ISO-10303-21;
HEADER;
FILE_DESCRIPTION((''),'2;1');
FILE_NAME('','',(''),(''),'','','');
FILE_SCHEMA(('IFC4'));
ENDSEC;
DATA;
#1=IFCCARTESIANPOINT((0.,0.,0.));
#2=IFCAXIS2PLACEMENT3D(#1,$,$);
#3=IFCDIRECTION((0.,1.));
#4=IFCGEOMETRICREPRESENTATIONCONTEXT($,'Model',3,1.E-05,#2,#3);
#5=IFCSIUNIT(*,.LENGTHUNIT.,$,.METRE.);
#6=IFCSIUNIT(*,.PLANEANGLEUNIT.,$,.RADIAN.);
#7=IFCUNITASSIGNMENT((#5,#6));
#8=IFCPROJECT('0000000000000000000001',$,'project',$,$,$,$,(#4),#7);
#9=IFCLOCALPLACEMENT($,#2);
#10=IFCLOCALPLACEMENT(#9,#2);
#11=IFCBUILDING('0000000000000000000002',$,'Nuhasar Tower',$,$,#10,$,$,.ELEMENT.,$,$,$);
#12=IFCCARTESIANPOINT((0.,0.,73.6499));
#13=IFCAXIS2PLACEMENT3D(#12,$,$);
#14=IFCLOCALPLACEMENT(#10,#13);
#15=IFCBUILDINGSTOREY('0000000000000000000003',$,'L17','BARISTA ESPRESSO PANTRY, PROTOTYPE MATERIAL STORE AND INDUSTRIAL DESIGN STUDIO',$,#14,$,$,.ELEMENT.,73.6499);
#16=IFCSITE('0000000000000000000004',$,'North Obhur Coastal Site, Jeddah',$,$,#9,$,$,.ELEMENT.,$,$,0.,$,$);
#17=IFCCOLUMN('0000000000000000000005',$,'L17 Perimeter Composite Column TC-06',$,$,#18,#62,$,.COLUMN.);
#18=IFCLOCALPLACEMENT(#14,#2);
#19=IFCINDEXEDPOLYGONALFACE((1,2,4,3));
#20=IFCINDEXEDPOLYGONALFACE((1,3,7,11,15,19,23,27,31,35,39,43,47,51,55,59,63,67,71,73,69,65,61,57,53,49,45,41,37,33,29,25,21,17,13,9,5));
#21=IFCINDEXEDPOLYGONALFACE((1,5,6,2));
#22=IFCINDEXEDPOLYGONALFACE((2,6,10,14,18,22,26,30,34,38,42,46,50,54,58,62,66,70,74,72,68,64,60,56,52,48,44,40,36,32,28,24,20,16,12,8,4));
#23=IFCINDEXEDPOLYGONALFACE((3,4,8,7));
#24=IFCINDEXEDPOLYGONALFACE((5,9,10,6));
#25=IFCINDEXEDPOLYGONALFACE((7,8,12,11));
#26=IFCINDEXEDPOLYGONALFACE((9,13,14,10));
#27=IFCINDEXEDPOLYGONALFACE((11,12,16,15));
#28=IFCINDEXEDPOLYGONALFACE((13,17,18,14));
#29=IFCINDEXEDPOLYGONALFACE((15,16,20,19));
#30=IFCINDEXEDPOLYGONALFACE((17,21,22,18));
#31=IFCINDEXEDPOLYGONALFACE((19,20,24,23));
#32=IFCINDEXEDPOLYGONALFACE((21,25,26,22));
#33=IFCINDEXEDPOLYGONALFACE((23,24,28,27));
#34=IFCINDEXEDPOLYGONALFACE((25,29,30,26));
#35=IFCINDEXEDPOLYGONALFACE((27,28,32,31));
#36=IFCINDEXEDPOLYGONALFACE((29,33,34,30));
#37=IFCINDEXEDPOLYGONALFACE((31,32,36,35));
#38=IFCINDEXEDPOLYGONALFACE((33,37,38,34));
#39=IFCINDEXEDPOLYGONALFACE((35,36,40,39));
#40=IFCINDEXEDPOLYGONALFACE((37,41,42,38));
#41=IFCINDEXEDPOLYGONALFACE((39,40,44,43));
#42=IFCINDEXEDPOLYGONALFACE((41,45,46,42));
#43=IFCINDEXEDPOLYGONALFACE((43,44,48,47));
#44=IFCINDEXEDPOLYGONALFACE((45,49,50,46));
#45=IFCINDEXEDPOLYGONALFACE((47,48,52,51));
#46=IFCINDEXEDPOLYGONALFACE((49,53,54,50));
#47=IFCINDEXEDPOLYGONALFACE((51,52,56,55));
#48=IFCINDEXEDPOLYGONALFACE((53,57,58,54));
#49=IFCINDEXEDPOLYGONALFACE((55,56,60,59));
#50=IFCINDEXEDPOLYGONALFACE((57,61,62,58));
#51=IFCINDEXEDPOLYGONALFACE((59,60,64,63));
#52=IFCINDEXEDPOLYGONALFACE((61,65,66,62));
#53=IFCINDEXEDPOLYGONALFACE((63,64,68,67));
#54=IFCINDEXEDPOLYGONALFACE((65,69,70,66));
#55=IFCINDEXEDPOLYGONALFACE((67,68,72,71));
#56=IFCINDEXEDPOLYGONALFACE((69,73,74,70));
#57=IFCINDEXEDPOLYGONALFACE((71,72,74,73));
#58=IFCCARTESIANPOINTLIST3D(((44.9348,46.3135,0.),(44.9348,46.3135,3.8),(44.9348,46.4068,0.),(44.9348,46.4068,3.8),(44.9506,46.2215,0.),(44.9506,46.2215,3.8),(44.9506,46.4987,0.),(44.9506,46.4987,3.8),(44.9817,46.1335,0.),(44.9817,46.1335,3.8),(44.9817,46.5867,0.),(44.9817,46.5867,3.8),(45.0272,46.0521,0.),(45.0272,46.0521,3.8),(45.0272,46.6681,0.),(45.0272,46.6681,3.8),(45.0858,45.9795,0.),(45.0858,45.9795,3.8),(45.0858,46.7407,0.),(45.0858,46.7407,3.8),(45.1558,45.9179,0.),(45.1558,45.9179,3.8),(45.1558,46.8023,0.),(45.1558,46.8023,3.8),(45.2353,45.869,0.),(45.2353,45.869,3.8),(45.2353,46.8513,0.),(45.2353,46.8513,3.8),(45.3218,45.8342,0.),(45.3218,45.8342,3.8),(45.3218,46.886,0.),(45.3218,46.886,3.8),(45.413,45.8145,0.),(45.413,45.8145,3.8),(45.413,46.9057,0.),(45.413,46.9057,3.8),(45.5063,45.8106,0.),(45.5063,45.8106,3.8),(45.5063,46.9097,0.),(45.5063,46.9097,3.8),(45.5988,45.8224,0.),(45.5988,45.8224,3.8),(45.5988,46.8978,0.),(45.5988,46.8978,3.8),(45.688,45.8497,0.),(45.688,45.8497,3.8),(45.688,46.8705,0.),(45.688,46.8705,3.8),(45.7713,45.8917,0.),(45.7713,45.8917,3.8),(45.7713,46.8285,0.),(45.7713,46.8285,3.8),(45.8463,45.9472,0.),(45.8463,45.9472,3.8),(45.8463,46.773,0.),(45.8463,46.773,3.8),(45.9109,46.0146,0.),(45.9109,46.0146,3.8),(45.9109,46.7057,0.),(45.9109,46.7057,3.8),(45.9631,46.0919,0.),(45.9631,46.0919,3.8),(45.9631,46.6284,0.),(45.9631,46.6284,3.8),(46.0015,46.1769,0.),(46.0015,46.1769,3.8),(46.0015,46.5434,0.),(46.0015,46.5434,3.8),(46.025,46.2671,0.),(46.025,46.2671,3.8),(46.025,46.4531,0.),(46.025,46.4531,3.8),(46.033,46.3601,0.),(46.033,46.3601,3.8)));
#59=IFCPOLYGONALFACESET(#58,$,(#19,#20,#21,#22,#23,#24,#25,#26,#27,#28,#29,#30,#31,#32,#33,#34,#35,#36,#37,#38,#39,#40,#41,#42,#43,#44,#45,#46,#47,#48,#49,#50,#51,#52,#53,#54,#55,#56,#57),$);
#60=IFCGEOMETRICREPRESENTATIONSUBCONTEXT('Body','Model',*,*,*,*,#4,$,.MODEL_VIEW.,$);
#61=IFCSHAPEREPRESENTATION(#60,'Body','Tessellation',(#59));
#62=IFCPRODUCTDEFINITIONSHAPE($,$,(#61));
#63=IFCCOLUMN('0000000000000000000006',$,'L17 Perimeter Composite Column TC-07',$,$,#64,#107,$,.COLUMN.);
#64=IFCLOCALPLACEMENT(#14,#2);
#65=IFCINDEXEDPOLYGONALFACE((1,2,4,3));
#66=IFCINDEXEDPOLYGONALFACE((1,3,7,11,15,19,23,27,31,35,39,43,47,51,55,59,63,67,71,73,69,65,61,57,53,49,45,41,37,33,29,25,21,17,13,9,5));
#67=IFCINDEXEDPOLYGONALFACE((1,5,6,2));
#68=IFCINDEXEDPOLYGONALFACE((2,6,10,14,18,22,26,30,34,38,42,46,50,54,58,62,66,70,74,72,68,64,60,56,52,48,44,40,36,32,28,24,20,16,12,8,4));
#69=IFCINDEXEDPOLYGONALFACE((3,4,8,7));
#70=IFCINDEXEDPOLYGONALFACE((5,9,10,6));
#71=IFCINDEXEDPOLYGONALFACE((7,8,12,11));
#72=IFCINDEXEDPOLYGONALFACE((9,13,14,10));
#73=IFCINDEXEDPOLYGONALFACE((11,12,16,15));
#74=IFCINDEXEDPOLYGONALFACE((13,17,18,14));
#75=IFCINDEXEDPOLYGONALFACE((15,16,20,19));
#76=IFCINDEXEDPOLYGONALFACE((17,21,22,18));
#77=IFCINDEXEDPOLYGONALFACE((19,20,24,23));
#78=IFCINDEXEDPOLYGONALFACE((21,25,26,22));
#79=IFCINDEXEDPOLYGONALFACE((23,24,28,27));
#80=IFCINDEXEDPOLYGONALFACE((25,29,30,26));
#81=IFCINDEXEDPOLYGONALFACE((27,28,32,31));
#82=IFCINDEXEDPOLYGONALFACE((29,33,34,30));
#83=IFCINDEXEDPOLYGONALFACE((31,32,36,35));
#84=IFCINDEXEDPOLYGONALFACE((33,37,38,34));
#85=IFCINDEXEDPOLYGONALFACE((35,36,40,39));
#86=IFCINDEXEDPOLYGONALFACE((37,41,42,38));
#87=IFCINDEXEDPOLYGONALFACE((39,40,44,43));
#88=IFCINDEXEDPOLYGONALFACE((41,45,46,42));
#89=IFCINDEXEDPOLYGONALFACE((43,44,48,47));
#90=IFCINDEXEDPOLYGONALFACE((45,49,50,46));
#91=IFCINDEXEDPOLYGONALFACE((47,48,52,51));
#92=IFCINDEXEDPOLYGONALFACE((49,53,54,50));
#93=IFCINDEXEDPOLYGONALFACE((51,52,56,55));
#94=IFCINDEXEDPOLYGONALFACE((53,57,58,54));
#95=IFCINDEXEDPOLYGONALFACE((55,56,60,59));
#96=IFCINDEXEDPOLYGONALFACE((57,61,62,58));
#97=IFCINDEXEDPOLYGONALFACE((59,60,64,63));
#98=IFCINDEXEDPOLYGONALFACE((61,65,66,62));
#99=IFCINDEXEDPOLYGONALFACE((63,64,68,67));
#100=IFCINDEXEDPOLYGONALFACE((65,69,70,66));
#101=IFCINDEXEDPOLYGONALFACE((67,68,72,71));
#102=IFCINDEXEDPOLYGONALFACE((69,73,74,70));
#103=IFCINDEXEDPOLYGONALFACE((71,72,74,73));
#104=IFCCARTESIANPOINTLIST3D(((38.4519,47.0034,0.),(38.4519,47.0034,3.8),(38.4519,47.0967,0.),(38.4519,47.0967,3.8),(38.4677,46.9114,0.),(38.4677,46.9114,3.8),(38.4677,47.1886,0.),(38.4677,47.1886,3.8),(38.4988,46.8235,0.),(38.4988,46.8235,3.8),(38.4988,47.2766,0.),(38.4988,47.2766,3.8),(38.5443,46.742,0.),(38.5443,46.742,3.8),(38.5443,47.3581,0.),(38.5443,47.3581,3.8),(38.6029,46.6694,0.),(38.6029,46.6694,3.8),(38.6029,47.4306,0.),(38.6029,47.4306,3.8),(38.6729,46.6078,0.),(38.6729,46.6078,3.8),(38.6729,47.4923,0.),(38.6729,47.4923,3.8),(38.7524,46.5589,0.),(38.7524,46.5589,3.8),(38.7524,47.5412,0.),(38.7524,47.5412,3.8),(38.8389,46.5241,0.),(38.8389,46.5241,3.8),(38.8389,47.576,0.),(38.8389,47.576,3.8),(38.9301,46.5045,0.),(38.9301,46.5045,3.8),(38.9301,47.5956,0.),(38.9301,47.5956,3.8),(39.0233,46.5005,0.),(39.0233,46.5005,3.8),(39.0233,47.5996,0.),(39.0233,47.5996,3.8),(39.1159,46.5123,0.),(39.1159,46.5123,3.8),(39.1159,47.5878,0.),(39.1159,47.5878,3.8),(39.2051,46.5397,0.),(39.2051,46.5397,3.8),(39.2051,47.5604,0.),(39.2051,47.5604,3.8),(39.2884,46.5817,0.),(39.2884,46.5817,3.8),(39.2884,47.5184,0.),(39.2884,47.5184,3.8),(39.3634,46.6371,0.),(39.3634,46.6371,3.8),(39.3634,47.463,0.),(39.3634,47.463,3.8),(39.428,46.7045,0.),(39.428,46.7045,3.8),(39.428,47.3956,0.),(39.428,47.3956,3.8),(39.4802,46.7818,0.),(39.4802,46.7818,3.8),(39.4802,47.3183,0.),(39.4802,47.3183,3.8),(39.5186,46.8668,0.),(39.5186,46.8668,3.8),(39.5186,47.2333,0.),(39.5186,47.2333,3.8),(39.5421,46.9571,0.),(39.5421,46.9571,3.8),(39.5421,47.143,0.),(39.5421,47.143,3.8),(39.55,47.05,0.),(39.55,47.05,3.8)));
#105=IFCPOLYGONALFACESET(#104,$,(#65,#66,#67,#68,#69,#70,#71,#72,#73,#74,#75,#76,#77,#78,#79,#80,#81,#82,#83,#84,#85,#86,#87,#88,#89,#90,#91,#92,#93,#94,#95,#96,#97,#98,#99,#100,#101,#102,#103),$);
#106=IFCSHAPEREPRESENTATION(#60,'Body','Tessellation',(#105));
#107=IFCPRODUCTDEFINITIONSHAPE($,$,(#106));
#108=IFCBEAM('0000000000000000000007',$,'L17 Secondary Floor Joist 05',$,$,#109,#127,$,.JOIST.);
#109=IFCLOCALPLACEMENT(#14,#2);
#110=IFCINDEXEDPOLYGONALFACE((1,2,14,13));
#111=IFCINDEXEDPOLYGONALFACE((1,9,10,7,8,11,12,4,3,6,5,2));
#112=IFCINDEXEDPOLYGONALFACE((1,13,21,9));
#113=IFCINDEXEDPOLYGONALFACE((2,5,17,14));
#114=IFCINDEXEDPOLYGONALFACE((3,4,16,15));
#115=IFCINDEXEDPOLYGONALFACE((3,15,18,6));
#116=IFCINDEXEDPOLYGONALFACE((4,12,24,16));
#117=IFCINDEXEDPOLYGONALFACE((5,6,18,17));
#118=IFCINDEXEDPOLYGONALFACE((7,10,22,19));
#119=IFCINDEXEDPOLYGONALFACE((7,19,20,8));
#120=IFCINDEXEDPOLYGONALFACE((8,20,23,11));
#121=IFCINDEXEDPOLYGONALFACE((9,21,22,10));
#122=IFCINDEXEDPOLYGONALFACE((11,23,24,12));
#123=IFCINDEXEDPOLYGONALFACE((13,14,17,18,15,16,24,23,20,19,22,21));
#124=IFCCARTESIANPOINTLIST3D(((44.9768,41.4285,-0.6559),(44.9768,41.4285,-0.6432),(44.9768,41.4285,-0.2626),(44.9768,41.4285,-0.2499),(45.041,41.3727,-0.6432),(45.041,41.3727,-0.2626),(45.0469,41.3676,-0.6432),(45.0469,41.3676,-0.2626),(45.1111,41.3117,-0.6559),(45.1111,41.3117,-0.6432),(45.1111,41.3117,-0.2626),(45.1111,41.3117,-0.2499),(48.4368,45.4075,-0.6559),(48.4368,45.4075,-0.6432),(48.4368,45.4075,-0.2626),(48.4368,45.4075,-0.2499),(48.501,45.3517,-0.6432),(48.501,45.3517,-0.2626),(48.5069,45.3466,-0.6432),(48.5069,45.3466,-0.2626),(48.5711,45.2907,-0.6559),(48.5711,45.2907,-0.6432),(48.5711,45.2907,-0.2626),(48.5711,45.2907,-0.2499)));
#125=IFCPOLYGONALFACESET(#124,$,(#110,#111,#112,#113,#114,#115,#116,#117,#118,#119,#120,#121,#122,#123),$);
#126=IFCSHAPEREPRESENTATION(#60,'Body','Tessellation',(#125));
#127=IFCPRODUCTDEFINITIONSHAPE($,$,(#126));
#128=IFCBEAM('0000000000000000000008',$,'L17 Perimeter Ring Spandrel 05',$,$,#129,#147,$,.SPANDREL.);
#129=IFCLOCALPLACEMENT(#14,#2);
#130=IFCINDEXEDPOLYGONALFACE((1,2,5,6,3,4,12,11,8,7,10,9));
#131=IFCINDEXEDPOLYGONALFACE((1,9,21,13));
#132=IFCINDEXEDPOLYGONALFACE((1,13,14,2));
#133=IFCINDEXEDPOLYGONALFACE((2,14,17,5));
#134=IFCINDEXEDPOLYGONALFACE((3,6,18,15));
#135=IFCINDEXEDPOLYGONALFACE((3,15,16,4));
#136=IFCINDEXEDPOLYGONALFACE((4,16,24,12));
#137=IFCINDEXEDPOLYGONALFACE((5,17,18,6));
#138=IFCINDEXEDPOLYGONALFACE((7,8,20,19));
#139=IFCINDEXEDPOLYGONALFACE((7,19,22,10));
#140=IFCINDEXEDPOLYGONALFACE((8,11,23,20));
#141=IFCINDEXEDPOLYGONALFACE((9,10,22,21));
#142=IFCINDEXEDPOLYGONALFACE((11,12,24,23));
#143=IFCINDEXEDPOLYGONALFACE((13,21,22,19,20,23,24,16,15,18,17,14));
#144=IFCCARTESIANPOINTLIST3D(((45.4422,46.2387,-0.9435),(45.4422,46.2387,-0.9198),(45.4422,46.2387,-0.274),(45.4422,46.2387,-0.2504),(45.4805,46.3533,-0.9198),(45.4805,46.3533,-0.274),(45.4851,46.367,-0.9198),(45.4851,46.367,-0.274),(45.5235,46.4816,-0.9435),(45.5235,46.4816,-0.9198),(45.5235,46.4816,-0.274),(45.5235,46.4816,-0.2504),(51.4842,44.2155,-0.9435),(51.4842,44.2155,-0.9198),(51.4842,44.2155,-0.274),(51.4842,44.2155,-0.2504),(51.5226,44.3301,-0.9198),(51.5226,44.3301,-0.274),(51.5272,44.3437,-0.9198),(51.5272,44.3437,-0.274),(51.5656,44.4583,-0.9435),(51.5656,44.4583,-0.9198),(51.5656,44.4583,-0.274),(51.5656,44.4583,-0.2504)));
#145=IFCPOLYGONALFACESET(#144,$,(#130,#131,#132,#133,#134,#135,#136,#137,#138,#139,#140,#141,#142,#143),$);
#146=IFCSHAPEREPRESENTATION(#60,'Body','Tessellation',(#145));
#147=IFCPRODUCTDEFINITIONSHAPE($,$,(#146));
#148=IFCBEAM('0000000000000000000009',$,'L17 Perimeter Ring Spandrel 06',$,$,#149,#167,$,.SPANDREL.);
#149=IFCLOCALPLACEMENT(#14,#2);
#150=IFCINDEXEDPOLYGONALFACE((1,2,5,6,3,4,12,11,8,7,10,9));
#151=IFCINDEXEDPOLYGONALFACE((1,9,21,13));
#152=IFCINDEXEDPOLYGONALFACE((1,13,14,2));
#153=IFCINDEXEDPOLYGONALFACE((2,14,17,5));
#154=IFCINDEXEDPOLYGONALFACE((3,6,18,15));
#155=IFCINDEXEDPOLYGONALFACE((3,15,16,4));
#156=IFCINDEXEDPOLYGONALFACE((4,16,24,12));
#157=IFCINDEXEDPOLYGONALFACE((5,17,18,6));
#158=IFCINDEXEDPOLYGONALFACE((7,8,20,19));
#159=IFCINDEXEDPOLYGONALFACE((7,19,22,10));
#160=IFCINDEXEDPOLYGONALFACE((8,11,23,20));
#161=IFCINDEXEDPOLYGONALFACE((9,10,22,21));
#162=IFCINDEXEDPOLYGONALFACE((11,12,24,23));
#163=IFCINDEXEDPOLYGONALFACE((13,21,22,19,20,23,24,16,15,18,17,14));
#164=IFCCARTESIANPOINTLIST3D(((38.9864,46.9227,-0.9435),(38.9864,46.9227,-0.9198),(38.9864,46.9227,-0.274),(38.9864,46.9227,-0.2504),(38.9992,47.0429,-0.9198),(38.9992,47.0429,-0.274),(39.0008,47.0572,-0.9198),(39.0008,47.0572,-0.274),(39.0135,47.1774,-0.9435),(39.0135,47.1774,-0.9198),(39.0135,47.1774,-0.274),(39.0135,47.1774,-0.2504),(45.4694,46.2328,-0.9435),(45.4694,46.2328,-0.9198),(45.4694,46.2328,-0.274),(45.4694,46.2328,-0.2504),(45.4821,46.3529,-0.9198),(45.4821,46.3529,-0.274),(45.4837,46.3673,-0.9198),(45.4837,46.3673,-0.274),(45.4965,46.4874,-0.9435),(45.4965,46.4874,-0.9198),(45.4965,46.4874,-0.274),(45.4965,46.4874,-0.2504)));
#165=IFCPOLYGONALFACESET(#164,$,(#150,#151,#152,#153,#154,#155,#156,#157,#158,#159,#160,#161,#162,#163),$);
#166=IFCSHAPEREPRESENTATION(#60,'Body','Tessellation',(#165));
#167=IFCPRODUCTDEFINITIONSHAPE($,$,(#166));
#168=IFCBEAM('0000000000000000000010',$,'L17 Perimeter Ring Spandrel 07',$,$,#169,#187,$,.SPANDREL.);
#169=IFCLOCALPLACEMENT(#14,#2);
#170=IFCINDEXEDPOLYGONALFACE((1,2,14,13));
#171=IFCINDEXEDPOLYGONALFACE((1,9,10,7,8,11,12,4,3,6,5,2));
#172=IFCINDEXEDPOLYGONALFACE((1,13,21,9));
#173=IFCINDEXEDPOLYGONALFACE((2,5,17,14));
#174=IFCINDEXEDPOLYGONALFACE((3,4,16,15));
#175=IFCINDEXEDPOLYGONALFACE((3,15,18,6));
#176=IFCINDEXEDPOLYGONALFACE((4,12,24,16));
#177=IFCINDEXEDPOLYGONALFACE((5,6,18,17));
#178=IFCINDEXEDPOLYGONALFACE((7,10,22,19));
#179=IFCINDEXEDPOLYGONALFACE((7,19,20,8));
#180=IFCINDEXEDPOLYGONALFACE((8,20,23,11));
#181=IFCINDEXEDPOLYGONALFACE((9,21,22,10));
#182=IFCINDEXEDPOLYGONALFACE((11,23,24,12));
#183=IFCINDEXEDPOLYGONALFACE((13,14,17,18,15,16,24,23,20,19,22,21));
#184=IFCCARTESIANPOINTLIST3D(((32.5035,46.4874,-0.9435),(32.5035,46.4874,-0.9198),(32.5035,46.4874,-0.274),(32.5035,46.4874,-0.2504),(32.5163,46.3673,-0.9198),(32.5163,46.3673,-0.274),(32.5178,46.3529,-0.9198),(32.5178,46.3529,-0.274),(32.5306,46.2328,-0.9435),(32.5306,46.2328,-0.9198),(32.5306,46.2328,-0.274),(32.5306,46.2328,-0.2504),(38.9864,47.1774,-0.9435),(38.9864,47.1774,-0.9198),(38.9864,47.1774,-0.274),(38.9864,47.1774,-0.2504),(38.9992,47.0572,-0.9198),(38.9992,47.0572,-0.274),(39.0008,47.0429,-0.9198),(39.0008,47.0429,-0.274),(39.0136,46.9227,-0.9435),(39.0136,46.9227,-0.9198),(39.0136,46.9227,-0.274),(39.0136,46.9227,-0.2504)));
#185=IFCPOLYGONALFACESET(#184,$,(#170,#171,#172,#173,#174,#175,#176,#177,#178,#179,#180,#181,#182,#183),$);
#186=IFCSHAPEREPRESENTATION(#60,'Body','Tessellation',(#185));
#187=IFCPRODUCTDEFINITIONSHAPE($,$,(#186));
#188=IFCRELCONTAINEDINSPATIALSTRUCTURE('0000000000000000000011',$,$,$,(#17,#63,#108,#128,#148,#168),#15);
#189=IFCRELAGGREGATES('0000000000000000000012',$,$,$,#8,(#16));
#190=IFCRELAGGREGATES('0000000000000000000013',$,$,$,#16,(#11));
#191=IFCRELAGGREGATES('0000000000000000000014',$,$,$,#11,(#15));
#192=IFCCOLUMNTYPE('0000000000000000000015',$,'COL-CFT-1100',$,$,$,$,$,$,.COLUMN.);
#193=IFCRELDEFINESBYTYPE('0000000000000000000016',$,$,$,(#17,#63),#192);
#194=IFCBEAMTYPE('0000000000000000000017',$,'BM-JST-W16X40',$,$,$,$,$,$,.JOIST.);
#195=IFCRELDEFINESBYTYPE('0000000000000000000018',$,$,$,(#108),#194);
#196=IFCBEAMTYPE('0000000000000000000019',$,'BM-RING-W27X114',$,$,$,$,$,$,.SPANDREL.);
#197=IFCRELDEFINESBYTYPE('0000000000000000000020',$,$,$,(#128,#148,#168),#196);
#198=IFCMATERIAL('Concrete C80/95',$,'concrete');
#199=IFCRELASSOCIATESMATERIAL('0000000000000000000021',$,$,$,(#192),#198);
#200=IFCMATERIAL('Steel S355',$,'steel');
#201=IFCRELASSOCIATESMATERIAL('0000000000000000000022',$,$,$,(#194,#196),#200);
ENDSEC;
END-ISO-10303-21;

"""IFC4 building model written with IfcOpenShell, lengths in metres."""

from ifc_helpers import new_model, si_unit, direction, frame, origin, origin_2d, place, context, subcontext, project, spatial, circle, i_section, extrude, material, material_profile, profile_set, type_object, element, save


model = new_model("IFC4")

# Units and contexts
model_context = context("Model", 3, precision=1e-05, world=origin(), true_north=direction((0.0, 1.0)))
body_context = subcontext(model_context, "Body", "Model", "MODEL_VIEW")
ifc_project = project(units=[si_unit("LENGTHUNIT", "METRE"), si_unit("PLANEANGLEUNIT", "RADIAN")], contexts=[model_context])

# Site, building, storey
site_placement = place(None, origin())
site = spatial("IfcSite", under=ifc_project, at=site_placement, Name="North Obhur Coastal Site, Jeddah", CompositionType="ELEMENT", RefElevation=0.0)
building_placement = place(site_placement, origin())
building = spatial("IfcBuilding", under=site, at=building_placement, Name="Nuhasar Tower", CompositionType="ELEMENT")
storey_placement = place(building_placement, frame((0.0, 0.0, 73.6499)))
storey = spatial("IfcBuildingStorey", under=building, at=storey_placement, Name="L17", Description="BARISTA ESPRESSO PANTRY, PROTOTYPE MATERIAL STORE AND INDUSTRIAL DESIGN STUDIO", CompositionType="ELEMENT", Elevation=73.6499)

# Columns
ifc_material_1 = material(Name="Concrete C80/95", Category="concrete")
ifc_material_profile_1 = material_profile(ifc_material_1, circle(Radius=0.55, at=origin_2d()), Name="CFT1100")
ifc_profile_set_1 = profile_set([ifc_material_profile_1], Name="Concrete C80/95")
column_type = type_object("IfcColumnType", Name="COL-CFT-1100", PredefinedType="COLUMN", material=ifc_profile_set_1)
for number, where, z_axis, x_axis, name in (
    (1, (45.4829, 46.3601, 0.0), (0.0, 0.0, 1.0), (1.0, 0.0, 0.0), "L17 Perimeter Composite Column TC-06"),
    (2, (39.0, 47.05, 0.0), (0.0, 0.0, 1.0), (1.0, 0.0, 0.0), "L17 Perimeter Composite Column TC-07"),
):
    element("IfcColumn", number, at=place(storey_placement, frame(where, z_axis=z_axis, x_axis=x_axis)), inside=storey, type_object=column_type, Name=name, PredefinedType="COLUMN", context=body_context, shape_type="SweptSolid", body=[
        extrude(circle(Radius=0.55, at=origin_2d()), origin(), (0.0, 0.0, 1.0), 3.8),
    ])

# Beams
ifc_material_2 = material(Name="Steel S355", Category="steel")
ifc_material_profile_2 = material_profile(ifc_material_2, i_section(OverallWidth=0.178, OverallDepth=0.406, WebThickness=0.0078, FlangeThickness=0.0127, at=origin_2d()), Name="W16X40")
ifc_profile_set_2 = profile_set([ifc_material_profile_2], Name="Steel S355")
beam_type_1 = type_object("IfcBeamType", Name="BM-JST-W16X40", PredefinedType="JOIST", material=ifc_profile_set_2)
beam_1_placement = place(storey_placement, frame((45.0439, 41.3701, -0.4529), z_axis=(0.656174, 0.75461, 0.0), x_axis=(-0.75461, 0.656174, 0.0)))
element("IfcBeam", 3, at=beam_1_placement, inside=storey, type_object=beam_type_1, Name="L17 Secondary Floor Joist 05", PredefinedType="JOIST", context=body_context, shape_type="SweptSolid", body=[
    extrude(i_section(OverallWidth=0.178, OverallDepth=0.406, WebThickness=0.0078, FlangeThickness=0.0127, at=origin_2d()), origin(), (0.0, 0.0, 1.0), 5.2729),
])
ifc_material_profile_3 = material_profile(ifc_material_2, i_section(OverallWidth=0.2561, OverallDepth=0.6931, WebThickness=0.0144, FlangeThickness=0.0237, at=origin_2d()), Name="W27X114")
ifc_profile_set_3 = profile_set([ifc_material_profile_3], Name="Steel S355")
beam_type_2 = type_object("IfcBeamType", Name="BM-RING-W27X114", PredefinedType="SPANDREL", material=ifc_profile_set_3)
beam_2_placement = place(storey_placement, frame((51.5249, 44.3369, -0.5969), z_axis=(-0.948249, 0.317526, 0.0), x_axis=(-0.317526, -0.948249, 0.0)))
element("IfcBeam", 4, at=beam_2_placement, inside=storey, type_object=beam_type_2, Name="L17 Perimeter Ring Spandrel 05", PredefinedType="SPANDREL", context=body_context, shape_type="SweptSolid", body=[
    extrude(i_section(OverallWidth=0.2561, OverallDepth=0.6931, WebThickness=0.0144, FlangeThickness=0.0237, at=origin_2d()), origin(), (0.0, 0.0, 1.0), 6.3718),
])
for number, where, z_axis, x_axis, name in (
    (5, (45.4829, 46.3601, -0.5969), (-0.994385, 0.105827, 0.0), (-0.105827, -0.994385, 0.0), "L17 Perimeter Ring Spandrel 06"),
    (6, (39.0, 47.05, -0.5969), (-0.994385, -0.105827, 0.0), (0.105827, -0.994385, 0.0), "L17 Perimeter Ring Spandrel 07"),
):
    element("IfcBeam", number, at=place(storey_placement, frame(where, z_axis=z_axis, x_axis=x_axis)), inside=storey, type_object=beam_type_2, Name=name, PredefinedType="SPANDREL", context=body_context, shape_type="SweptSolid", body=[
        extrude(i_section(OverallWidth=0.2561, OverallDepth=0.6931, WebThickness=0.0144, FlangeThickness=0.0237, at=origin_2d()), origin(), (0.0, 0.0, 1.0), 6.5195),
    ])

save(model, "model.ifc")
